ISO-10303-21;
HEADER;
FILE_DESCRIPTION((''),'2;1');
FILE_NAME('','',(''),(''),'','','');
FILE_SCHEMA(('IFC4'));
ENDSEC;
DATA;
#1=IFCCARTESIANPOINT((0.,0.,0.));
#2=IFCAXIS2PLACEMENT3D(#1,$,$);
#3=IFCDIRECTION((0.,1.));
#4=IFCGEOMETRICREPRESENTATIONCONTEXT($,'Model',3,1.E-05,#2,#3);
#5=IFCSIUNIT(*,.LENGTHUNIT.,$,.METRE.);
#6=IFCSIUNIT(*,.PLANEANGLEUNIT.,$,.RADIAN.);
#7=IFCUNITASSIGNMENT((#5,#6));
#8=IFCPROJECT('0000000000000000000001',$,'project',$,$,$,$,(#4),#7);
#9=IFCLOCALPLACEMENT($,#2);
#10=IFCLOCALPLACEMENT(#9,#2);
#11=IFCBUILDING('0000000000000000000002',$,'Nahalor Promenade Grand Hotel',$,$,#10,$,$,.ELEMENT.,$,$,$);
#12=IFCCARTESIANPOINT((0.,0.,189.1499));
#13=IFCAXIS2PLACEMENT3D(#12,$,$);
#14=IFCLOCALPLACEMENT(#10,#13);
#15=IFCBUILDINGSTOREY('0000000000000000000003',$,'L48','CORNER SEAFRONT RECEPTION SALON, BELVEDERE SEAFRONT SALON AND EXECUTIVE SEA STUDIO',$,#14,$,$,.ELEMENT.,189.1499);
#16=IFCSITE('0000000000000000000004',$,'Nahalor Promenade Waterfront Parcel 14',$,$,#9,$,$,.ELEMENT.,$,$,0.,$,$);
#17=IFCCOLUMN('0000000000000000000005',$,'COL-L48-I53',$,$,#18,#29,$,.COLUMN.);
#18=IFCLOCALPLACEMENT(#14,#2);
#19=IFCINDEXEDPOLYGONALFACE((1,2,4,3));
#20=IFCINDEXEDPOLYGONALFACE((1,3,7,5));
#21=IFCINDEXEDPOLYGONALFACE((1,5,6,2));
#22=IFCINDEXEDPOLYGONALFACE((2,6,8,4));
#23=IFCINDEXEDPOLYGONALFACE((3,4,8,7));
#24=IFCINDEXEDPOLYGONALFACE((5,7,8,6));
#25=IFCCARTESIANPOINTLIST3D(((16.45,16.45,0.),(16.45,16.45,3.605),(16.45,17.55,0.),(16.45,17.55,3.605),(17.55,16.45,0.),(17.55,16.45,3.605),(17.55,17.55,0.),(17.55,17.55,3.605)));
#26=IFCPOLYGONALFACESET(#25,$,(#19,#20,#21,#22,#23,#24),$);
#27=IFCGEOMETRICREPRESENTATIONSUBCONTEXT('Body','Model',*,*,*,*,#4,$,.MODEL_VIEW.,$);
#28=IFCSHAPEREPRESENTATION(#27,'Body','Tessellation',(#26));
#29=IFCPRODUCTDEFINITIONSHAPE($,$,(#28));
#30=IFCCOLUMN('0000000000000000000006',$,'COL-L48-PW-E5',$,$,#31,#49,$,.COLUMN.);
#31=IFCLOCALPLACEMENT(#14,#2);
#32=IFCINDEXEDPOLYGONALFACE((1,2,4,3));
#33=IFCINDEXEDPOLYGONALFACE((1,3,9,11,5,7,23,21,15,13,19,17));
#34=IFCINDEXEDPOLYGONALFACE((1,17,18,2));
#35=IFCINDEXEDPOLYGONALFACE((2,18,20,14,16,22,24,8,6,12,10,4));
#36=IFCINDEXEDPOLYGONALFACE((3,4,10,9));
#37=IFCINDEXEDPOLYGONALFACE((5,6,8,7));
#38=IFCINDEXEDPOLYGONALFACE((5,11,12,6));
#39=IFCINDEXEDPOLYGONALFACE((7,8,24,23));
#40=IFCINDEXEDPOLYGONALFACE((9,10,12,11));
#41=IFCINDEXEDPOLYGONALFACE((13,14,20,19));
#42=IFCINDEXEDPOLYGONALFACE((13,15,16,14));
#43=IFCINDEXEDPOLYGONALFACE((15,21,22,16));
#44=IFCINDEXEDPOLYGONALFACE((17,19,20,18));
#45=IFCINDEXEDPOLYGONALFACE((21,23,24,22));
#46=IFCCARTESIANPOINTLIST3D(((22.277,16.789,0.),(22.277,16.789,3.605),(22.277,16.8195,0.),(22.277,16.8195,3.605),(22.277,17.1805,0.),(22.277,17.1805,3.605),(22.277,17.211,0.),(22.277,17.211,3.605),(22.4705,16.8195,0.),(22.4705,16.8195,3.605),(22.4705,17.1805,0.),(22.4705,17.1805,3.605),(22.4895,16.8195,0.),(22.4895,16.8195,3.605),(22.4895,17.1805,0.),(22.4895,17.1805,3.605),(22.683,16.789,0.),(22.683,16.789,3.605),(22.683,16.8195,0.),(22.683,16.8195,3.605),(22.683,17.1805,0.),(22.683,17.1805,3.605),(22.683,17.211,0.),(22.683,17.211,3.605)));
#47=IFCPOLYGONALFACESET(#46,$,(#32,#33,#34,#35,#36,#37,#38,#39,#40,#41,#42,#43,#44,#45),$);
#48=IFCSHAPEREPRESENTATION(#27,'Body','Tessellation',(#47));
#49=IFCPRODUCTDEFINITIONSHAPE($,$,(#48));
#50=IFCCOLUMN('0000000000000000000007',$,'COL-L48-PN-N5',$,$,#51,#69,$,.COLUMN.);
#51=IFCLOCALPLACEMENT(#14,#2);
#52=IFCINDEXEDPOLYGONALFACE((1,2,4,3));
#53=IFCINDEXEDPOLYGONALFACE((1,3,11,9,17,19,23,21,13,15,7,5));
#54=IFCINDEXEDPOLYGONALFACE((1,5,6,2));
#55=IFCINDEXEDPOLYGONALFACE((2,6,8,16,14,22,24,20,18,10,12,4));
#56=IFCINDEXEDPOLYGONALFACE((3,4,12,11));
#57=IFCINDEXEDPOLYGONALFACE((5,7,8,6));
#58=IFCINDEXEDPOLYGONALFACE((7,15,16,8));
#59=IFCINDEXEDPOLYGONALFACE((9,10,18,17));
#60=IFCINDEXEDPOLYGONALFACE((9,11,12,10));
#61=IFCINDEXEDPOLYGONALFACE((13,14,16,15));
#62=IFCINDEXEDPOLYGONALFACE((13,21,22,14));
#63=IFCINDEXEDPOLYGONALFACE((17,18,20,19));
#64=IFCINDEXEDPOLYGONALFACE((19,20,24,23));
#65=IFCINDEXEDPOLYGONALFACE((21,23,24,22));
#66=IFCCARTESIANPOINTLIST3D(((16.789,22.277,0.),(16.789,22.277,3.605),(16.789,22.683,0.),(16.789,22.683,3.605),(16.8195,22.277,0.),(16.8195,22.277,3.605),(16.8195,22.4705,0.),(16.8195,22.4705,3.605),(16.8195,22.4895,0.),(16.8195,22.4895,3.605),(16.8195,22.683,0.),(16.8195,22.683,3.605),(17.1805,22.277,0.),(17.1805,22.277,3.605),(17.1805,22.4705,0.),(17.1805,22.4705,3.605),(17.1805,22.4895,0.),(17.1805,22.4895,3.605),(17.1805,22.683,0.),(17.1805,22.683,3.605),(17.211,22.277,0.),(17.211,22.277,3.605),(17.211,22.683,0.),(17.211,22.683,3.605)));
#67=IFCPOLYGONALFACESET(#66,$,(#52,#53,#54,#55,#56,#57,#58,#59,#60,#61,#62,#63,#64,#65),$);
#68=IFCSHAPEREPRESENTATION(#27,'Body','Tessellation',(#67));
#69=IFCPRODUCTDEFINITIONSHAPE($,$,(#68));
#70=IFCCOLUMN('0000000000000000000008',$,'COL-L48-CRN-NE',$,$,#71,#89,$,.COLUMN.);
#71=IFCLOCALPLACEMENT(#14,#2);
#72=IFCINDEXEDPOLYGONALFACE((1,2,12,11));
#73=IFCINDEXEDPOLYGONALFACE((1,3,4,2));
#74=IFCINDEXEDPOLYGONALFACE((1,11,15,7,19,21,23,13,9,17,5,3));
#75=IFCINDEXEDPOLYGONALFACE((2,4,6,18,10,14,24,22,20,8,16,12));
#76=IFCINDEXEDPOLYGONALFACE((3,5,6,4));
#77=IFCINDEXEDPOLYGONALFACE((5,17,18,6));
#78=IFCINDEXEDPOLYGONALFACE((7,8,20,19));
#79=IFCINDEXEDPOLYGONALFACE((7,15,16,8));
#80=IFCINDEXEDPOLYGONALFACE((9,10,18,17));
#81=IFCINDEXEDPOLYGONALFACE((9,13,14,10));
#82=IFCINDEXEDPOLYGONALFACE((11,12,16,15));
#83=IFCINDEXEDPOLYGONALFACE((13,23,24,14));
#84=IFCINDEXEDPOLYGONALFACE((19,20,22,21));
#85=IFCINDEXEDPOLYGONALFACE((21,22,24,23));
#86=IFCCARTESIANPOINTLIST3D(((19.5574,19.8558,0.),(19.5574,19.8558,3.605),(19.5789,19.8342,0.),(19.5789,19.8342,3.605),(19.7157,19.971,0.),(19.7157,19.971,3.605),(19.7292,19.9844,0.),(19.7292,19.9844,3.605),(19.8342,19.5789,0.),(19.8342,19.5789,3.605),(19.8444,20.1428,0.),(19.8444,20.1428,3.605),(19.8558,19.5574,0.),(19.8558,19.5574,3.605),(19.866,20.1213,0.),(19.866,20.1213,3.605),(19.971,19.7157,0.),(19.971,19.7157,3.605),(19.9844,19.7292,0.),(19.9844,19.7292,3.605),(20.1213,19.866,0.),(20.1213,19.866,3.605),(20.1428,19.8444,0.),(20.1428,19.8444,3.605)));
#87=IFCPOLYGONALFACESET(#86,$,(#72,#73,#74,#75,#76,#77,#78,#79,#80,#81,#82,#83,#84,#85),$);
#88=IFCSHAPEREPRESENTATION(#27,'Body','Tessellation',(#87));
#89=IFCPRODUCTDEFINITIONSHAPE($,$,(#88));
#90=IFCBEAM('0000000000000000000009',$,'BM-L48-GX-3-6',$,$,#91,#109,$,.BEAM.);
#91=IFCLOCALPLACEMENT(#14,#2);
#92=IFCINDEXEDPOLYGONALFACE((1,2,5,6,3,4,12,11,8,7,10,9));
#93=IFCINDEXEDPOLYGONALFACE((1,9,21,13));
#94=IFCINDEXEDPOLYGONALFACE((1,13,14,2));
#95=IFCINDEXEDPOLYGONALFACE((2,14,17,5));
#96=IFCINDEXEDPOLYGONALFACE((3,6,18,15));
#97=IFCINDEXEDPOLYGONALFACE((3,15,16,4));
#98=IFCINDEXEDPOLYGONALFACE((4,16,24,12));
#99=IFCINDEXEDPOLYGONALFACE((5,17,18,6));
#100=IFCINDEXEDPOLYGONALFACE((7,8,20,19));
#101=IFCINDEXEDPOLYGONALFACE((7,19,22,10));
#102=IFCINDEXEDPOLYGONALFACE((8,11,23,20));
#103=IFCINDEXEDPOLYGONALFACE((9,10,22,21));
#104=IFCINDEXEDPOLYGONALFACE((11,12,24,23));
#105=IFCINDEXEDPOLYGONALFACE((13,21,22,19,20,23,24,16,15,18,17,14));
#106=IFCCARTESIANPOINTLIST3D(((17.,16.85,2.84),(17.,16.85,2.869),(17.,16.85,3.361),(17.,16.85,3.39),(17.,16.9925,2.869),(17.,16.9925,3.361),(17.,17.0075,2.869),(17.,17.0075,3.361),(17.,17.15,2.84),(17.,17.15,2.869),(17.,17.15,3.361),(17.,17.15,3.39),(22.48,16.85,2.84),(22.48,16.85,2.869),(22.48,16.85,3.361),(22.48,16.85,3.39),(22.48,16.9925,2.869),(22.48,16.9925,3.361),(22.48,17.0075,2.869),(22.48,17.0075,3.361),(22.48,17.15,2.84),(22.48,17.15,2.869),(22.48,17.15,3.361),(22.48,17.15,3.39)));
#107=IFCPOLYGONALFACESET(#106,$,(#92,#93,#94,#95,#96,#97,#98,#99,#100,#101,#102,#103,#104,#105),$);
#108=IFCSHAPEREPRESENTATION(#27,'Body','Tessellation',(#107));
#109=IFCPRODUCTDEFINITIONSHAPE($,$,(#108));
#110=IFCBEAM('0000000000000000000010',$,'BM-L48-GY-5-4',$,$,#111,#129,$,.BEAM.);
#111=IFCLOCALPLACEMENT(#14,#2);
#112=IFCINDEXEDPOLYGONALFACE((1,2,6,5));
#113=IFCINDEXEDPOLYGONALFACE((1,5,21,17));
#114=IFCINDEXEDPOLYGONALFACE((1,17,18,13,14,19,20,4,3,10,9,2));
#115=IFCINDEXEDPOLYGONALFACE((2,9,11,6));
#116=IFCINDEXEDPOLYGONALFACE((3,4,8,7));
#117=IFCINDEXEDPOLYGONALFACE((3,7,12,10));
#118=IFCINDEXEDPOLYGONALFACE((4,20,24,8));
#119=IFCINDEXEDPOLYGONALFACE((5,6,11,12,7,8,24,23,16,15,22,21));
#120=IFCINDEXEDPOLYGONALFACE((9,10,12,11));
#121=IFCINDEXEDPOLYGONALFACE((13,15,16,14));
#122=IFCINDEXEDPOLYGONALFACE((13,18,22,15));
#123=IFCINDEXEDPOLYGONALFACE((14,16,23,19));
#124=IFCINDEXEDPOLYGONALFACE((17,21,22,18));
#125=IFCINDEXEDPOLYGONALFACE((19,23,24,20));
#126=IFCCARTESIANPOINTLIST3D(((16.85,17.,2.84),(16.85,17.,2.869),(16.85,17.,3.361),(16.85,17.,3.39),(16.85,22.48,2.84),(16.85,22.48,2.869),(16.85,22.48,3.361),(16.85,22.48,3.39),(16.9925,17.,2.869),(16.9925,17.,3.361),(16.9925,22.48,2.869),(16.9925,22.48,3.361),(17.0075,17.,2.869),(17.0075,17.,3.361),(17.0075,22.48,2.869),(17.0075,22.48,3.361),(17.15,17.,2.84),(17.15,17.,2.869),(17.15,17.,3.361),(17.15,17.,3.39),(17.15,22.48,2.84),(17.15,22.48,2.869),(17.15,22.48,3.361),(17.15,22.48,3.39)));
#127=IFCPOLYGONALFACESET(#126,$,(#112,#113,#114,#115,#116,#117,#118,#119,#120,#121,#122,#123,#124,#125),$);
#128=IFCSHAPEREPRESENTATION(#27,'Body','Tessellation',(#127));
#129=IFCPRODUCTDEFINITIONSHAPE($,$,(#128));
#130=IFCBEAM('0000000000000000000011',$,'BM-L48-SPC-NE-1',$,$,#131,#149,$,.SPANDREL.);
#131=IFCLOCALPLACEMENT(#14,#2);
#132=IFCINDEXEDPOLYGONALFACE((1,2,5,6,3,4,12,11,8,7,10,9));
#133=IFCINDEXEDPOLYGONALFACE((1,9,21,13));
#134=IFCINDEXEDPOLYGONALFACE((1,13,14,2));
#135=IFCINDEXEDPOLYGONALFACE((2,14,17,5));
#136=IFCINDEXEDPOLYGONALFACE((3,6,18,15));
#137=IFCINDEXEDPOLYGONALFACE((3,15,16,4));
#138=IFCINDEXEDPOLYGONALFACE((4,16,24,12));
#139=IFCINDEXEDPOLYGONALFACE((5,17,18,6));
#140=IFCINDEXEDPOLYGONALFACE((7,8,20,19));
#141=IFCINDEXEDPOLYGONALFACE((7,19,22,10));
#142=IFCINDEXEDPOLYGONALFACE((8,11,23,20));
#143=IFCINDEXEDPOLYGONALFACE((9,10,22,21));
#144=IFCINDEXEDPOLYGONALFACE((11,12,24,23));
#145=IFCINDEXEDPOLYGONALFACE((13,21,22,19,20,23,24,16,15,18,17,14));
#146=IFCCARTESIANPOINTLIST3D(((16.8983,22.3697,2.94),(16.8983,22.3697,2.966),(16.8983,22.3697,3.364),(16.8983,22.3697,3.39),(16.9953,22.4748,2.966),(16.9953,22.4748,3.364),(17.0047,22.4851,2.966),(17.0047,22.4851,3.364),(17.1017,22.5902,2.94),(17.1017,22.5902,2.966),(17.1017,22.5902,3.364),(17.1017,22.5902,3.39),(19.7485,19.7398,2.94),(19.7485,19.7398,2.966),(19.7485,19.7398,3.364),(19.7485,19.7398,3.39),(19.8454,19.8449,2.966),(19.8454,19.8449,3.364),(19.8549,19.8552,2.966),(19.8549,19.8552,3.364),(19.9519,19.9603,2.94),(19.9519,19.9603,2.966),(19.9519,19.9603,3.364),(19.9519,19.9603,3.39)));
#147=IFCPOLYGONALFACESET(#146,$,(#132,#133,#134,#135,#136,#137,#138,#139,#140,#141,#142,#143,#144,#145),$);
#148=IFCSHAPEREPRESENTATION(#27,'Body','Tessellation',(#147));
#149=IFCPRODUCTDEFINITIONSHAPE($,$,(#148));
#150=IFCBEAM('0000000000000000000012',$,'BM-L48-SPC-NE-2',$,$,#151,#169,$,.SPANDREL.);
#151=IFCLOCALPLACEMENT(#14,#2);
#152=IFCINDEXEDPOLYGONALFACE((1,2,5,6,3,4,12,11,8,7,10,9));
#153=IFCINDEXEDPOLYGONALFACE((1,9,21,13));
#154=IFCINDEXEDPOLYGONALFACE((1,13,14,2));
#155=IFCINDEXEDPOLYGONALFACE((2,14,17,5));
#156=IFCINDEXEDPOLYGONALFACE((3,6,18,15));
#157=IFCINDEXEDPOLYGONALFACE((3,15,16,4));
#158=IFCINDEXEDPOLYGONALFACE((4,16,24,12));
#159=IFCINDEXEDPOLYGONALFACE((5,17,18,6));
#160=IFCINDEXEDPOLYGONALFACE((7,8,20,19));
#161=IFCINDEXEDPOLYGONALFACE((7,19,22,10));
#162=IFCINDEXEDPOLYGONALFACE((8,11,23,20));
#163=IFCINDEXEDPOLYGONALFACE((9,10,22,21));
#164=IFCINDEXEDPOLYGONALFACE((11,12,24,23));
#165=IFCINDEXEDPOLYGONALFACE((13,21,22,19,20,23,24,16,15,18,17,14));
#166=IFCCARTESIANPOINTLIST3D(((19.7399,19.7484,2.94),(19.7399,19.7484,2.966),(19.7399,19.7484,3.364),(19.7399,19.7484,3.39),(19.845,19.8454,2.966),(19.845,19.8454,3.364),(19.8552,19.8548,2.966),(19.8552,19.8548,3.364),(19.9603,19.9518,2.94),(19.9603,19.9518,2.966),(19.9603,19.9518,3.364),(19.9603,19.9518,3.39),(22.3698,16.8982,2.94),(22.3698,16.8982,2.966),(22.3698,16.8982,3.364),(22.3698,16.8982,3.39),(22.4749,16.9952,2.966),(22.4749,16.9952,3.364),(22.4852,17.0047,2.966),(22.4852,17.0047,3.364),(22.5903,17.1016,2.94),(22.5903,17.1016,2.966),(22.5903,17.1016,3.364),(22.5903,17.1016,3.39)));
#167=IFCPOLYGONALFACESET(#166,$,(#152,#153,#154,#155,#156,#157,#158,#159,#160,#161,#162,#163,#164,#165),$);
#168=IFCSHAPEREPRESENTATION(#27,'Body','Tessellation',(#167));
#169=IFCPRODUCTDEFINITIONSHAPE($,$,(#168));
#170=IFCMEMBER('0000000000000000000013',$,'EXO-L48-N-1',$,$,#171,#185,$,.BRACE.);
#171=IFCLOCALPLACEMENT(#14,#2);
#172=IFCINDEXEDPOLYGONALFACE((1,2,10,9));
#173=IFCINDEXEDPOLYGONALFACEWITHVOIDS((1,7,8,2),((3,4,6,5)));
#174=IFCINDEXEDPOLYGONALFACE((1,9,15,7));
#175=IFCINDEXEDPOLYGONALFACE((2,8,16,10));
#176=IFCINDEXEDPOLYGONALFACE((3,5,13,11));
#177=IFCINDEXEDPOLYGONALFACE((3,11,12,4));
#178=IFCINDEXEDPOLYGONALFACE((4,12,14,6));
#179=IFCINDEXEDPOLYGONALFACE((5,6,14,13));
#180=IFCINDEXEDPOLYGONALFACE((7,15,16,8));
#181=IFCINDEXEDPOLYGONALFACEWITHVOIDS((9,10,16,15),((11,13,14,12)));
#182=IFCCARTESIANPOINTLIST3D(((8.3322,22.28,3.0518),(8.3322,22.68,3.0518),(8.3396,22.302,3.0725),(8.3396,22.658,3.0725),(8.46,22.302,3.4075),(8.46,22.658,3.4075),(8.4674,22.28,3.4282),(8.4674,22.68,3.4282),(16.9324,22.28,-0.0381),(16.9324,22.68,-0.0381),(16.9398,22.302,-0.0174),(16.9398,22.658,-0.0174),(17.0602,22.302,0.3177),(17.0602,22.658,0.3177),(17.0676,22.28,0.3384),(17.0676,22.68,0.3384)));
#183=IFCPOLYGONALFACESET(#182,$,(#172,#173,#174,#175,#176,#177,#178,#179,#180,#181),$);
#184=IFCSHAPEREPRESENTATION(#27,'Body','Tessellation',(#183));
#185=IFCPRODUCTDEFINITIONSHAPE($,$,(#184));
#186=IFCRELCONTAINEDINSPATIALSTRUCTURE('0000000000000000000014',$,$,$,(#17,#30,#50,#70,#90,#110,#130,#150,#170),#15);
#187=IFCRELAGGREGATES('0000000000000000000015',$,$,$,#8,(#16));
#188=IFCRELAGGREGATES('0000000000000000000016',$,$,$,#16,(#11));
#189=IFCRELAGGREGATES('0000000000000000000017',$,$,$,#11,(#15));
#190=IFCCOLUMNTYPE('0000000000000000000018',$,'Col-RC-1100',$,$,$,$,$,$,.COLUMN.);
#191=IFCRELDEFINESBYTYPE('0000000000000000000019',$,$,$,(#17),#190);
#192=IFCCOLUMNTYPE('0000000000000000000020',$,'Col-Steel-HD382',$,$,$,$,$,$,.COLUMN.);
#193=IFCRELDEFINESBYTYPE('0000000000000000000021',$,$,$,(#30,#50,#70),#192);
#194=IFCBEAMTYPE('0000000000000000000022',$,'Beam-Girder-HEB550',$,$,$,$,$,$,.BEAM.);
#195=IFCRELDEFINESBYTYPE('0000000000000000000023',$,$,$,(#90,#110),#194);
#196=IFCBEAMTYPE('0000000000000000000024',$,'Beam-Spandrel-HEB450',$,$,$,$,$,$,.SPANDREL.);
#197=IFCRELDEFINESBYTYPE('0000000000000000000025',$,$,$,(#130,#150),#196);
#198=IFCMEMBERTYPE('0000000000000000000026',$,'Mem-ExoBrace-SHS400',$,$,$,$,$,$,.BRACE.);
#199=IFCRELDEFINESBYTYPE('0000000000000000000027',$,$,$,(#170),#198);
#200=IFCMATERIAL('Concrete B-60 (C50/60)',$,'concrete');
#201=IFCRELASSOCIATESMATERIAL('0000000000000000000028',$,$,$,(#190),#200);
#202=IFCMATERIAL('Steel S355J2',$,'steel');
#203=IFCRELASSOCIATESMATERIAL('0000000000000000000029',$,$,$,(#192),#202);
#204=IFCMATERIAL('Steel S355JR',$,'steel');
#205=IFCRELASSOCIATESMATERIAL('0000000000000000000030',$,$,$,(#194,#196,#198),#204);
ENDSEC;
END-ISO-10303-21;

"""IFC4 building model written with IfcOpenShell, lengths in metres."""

from ifc_helpers import new_model, si_unit, direction, frame, origin, origin_2d, place, context, subcontext, project, spatial, rectangle, hollow_rectangle, i_section, extrude, source, transform, mapped, material, material_profile, profile_set, type_object, element, save


model = new_model("IFC4")

# Units and contexts
model_context = context("Model", 3, precision=1e-05, world=origin(), true_north=direction((0.0, 1.0)))
body_context = subcontext(model_context, "Body", "Model", "MODEL_VIEW")
ifc_project = project(units=[si_unit("LENGTHUNIT", "METRE"), si_unit("PLANEANGLEUNIT", "RADIAN")], contexts=[model_context])

# Site, building, storey
site_placement = place(None, origin())
site = spatial("IfcSite", under=ifc_project, at=site_placement, Name="Nahalor Promenade Waterfront Parcel 14", CompositionType="ELEMENT", RefElevation=0.0)
building_placement = place(site_placement, origin())
building = spatial("IfcBuilding", under=site, at=building_placement, Name="Nahalor Promenade Grand Hotel", CompositionType="ELEMENT")
storey_placement = place(building_placement, frame((0.0, 0.0, 189.1499)))
storey = spatial("IfcBuildingStorey", under=building, at=storey_placement, Name="L48", Description="CORNER SEAFRONT RECEPTION SALON, BELVEDERE SEAFRONT SALON AND EXECUTIVE SEA STUDIO", CompositionType="ELEMENT", Elevation=189.1499)

# Columns
ifc_material_1 = material(Name="Concrete B-60 (C50/60)", Category="concrete")
ifc_material_profile_1 = material_profile(ifc_material_1, rectangle(XDim=1.1, YDim=1.1, at=origin_2d()), Name="RC 1100x1100")
ifc_profile_set_1 = profile_set([ifc_material_profile_1], Name="Concrete B-60 (C50/60)")
column_type_1 = type_object("IfcColumnType", Name="Col-RC-1100", PredefinedType="COLUMN", material=ifc_profile_set_1)
shared_shape_1 = source(origin(), body_context, "Body", "SweptSolid", [
    extrude(rectangle(XDim=1.1, YDim=1.1, at=origin_2d()), origin(), (0.0, 0.0, 1.0), 3.605),
])
column_placement = place(storey_placement, frame((17.0, 17.0, 0.0), z_axis=(0.0, 0.0, 1.0), x_axis=(1.0, 0.0, 0.0)))
element("IfcColumn", 1, at=column_placement, inside=storey, type_object=column_type_1, Name="COL-L48-I53", PredefinedType="COLUMN", context=body_context, shape_type="MappedRepresentation", body=[
    mapped(shared_shape_1, transform((0.0, 0.0, 0.0), scale=1.0)),
])
ifc_material_2 = material(Name="Steel S355J2", Category="steel")
ifc_material_profile_2 = material_profile(ifc_material_2, i_section(OverallWidth=0.406, OverallDepth=0.422, WebThickness=0.019, FlangeThickness=0.0305, at=origin_2d()), Name="HD 400x382")
ifc_profile_set_2 = profile_set([ifc_material_profile_2], Name="Steel S355J2")
column_type_2 = type_object("IfcColumnType", Name="Col-Steel-HD382", PredefinedType="COLUMN", material=ifc_profile_set_2)
shared_shape_2 = source(origin(), body_context, "Body", "SweptSolid", [
    extrude(i_section(OverallWidth=0.406, OverallDepth=0.422, WebThickness=0.019, FlangeThickness=0.0305, at=origin_2d()), origin(), (0.0, 0.0, 1.0), 3.605),
])
for number, where, z_axis, x_axis, name in (
    (2, (22.48, 17.0, 0.0), (0.0, 0.0, 1.0), (1.0, 0.0, 0.0), "COL-L48-PW-E5"),
    (3, (17.0, 22.48, 0.0), (0.0, 0.0, 1.0), (0.0, 1.0, 0.0), "COL-L48-PN-N5"),
    (4, (19.8501, 19.8501, 0.0), (0.0, 0.0, 1.0), (0.707107, 0.707107, 0.0), "COL-L48-CRN-NE"),
):
    element("IfcColumn", number, at=place(storey_placement, frame(where, z_axis=z_axis, x_axis=x_axis)), inside=storey, type_object=column_type_2, Name=name, PredefinedType="COLUMN", context=body_context, shape_type="MappedRepresentation", body=[
        mapped(shared_shape_2, transform((0.0, 0.0, 0.0), scale=1.0)),
    ])

# Beams
ifc_material_3 = material(Name="Steel S355JR", Category="steel")
ifc_material_profile_3 = material_profile(ifc_material_3, i_section(OverallWidth=0.3, OverallDepth=0.55, WebThickness=0.015, FlangeThickness=0.029, at=origin_2d()), Name="HEB 550")
ifc_profile_set_3 = profile_set([ifc_material_profile_3], Name="Steel S355JR")
beam_type_1 = type_object("IfcBeamType", Name="Beam-Girder-HEB550", PredefinedType="BEAM", material=ifc_profile_set_3)
shared_shape_3 = source(origin(), body_context, "Body", "SweptSolid", [
    extrude(i_section(OverallWidth=0.3, OverallDepth=0.55, WebThickness=0.015, FlangeThickness=0.029, at=origin_2d()), origin(), (0.0, 0.0, 1.0), 5.48),
])
for number, where, z_axis, x_axis, name in (
    (5, (17.0, 17.0, 3.115), (1.0, 0.0, 0.0), (0.0, 1.0, 0.0), "BM-L48-GX-3-6"),
    (6, (17.0, 17.0, 3.115), (0.0, 1.0, 0.0), (-1.0, 0.0, 0.0), "BM-L48-GY-5-4"),
):
    element("IfcBeam", number, at=place(storey_placement, frame(where, z_axis=z_axis, x_axis=x_axis)), inside=storey, type_object=beam_type_1, Name=name, PredefinedType="BEAM", context=body_context, shape_type="MappedRepresentation", body=[
        mapped(shared_shape_3, transform((0.0, 0.0, 0.0), scale=1.0)),
    ])
ifc_material_profile_4 = material_profile(ifc_material_3, i_section(OverallWidth=0.3, OverallDepth=0.45, WebThickness=0.014, FlangeThickness=0.026, at=origin_2d()), Name="HEB 450")
ifc_profile_set_4 = profile_set([ifc_material_profile_4], Name="Steel S355JR")
beam_type_2 = type_object("IfcBeamType", Name="Beam-Spandrel-HEB450", PredefinedType="SPANDREL", material=ifc_profile_set_4)
shared_shape_4 = source(origin(), body_context, "Body", "SweptSolid", [
    extrude(i_section(OverallWidth=0.3, OverallDepth=0.45, WebThickness=0.014, FlangeThickness=0.026, at=origin_2d()), origin(), (0.0, 0.0, 1.0), 3.8782),
])
for number, where, z_axis, x_axis, name in (
    (7, (17.0, 22.48, 3.165), (0.734929, -0.678144, 0.0), (0.678144, 0.734929, 0.0), "BM-L48-SPC-NE-1"),
    (8, (19.8501, 19.8501, 3.165), (0.678144, -0.734929, 0.0), (0.734929, 0.678144, 0.0), "BM-L48-SPC-NE-2"),
):
    element("IfcBeam", number, at=place(storey_placement, frame(where, z_axis=z_axis, x_axis=x_axis)), inside=storey, type_object=beam_type_2, Name=name, PredefinedType="SPANDREL", context=body_context, shape_type="MappedRepresentation", body=[
        mapped(shared_shape_4, transform((0.0, 0.0, 0.0), scale=1.0)),
    ])

# Member
ifc_material_profile_5 = material_profile(ifc_material_3, hollow_rectangle(XDim=0.4, YDim=0.4, WallThickness=0.022, at=origin_2d()), Name="SHS 400x400x22")
ifc_profile_set_5 = profile_set([ifc_material_profile_5], Name="Steel S355JR")
member_type_1 = type_object("IfcMemberType", Name="Mem-ExoBrace-SHS400", PredefinedType="BRACE", material=ifc_profile_set_5)
shared_shape_5 = source(origin(), body_context, "Body", "SweptSolid", [
    extrude(hollow_rectangle(XDim=0.4, YDim=0.4, WallThickness=0.022, at=origin_2d()), origin(), (0.0, 0.0, 1.0), 9.1384),
])
member_1_placement = place(storey_placement, frame((17.0, 22.48, 0.1501), z_axis=(-0.941103, 0.0, 0.33812), x_axis=(0.0, -1.0, 0.0)))
element("IfcMember", 9, at=member_1_placement, inside=storey, type_object=member_type_1, Name="EXO-L48-N-1", PredefinedType="BRACE", context=body_context, shape_type="MappedRepresentation", body=[
    mapped(shared_shape_5, transform((0.0, 0.0, 0.0), scale=1.0)),
])

save(model, "model.ifc")
